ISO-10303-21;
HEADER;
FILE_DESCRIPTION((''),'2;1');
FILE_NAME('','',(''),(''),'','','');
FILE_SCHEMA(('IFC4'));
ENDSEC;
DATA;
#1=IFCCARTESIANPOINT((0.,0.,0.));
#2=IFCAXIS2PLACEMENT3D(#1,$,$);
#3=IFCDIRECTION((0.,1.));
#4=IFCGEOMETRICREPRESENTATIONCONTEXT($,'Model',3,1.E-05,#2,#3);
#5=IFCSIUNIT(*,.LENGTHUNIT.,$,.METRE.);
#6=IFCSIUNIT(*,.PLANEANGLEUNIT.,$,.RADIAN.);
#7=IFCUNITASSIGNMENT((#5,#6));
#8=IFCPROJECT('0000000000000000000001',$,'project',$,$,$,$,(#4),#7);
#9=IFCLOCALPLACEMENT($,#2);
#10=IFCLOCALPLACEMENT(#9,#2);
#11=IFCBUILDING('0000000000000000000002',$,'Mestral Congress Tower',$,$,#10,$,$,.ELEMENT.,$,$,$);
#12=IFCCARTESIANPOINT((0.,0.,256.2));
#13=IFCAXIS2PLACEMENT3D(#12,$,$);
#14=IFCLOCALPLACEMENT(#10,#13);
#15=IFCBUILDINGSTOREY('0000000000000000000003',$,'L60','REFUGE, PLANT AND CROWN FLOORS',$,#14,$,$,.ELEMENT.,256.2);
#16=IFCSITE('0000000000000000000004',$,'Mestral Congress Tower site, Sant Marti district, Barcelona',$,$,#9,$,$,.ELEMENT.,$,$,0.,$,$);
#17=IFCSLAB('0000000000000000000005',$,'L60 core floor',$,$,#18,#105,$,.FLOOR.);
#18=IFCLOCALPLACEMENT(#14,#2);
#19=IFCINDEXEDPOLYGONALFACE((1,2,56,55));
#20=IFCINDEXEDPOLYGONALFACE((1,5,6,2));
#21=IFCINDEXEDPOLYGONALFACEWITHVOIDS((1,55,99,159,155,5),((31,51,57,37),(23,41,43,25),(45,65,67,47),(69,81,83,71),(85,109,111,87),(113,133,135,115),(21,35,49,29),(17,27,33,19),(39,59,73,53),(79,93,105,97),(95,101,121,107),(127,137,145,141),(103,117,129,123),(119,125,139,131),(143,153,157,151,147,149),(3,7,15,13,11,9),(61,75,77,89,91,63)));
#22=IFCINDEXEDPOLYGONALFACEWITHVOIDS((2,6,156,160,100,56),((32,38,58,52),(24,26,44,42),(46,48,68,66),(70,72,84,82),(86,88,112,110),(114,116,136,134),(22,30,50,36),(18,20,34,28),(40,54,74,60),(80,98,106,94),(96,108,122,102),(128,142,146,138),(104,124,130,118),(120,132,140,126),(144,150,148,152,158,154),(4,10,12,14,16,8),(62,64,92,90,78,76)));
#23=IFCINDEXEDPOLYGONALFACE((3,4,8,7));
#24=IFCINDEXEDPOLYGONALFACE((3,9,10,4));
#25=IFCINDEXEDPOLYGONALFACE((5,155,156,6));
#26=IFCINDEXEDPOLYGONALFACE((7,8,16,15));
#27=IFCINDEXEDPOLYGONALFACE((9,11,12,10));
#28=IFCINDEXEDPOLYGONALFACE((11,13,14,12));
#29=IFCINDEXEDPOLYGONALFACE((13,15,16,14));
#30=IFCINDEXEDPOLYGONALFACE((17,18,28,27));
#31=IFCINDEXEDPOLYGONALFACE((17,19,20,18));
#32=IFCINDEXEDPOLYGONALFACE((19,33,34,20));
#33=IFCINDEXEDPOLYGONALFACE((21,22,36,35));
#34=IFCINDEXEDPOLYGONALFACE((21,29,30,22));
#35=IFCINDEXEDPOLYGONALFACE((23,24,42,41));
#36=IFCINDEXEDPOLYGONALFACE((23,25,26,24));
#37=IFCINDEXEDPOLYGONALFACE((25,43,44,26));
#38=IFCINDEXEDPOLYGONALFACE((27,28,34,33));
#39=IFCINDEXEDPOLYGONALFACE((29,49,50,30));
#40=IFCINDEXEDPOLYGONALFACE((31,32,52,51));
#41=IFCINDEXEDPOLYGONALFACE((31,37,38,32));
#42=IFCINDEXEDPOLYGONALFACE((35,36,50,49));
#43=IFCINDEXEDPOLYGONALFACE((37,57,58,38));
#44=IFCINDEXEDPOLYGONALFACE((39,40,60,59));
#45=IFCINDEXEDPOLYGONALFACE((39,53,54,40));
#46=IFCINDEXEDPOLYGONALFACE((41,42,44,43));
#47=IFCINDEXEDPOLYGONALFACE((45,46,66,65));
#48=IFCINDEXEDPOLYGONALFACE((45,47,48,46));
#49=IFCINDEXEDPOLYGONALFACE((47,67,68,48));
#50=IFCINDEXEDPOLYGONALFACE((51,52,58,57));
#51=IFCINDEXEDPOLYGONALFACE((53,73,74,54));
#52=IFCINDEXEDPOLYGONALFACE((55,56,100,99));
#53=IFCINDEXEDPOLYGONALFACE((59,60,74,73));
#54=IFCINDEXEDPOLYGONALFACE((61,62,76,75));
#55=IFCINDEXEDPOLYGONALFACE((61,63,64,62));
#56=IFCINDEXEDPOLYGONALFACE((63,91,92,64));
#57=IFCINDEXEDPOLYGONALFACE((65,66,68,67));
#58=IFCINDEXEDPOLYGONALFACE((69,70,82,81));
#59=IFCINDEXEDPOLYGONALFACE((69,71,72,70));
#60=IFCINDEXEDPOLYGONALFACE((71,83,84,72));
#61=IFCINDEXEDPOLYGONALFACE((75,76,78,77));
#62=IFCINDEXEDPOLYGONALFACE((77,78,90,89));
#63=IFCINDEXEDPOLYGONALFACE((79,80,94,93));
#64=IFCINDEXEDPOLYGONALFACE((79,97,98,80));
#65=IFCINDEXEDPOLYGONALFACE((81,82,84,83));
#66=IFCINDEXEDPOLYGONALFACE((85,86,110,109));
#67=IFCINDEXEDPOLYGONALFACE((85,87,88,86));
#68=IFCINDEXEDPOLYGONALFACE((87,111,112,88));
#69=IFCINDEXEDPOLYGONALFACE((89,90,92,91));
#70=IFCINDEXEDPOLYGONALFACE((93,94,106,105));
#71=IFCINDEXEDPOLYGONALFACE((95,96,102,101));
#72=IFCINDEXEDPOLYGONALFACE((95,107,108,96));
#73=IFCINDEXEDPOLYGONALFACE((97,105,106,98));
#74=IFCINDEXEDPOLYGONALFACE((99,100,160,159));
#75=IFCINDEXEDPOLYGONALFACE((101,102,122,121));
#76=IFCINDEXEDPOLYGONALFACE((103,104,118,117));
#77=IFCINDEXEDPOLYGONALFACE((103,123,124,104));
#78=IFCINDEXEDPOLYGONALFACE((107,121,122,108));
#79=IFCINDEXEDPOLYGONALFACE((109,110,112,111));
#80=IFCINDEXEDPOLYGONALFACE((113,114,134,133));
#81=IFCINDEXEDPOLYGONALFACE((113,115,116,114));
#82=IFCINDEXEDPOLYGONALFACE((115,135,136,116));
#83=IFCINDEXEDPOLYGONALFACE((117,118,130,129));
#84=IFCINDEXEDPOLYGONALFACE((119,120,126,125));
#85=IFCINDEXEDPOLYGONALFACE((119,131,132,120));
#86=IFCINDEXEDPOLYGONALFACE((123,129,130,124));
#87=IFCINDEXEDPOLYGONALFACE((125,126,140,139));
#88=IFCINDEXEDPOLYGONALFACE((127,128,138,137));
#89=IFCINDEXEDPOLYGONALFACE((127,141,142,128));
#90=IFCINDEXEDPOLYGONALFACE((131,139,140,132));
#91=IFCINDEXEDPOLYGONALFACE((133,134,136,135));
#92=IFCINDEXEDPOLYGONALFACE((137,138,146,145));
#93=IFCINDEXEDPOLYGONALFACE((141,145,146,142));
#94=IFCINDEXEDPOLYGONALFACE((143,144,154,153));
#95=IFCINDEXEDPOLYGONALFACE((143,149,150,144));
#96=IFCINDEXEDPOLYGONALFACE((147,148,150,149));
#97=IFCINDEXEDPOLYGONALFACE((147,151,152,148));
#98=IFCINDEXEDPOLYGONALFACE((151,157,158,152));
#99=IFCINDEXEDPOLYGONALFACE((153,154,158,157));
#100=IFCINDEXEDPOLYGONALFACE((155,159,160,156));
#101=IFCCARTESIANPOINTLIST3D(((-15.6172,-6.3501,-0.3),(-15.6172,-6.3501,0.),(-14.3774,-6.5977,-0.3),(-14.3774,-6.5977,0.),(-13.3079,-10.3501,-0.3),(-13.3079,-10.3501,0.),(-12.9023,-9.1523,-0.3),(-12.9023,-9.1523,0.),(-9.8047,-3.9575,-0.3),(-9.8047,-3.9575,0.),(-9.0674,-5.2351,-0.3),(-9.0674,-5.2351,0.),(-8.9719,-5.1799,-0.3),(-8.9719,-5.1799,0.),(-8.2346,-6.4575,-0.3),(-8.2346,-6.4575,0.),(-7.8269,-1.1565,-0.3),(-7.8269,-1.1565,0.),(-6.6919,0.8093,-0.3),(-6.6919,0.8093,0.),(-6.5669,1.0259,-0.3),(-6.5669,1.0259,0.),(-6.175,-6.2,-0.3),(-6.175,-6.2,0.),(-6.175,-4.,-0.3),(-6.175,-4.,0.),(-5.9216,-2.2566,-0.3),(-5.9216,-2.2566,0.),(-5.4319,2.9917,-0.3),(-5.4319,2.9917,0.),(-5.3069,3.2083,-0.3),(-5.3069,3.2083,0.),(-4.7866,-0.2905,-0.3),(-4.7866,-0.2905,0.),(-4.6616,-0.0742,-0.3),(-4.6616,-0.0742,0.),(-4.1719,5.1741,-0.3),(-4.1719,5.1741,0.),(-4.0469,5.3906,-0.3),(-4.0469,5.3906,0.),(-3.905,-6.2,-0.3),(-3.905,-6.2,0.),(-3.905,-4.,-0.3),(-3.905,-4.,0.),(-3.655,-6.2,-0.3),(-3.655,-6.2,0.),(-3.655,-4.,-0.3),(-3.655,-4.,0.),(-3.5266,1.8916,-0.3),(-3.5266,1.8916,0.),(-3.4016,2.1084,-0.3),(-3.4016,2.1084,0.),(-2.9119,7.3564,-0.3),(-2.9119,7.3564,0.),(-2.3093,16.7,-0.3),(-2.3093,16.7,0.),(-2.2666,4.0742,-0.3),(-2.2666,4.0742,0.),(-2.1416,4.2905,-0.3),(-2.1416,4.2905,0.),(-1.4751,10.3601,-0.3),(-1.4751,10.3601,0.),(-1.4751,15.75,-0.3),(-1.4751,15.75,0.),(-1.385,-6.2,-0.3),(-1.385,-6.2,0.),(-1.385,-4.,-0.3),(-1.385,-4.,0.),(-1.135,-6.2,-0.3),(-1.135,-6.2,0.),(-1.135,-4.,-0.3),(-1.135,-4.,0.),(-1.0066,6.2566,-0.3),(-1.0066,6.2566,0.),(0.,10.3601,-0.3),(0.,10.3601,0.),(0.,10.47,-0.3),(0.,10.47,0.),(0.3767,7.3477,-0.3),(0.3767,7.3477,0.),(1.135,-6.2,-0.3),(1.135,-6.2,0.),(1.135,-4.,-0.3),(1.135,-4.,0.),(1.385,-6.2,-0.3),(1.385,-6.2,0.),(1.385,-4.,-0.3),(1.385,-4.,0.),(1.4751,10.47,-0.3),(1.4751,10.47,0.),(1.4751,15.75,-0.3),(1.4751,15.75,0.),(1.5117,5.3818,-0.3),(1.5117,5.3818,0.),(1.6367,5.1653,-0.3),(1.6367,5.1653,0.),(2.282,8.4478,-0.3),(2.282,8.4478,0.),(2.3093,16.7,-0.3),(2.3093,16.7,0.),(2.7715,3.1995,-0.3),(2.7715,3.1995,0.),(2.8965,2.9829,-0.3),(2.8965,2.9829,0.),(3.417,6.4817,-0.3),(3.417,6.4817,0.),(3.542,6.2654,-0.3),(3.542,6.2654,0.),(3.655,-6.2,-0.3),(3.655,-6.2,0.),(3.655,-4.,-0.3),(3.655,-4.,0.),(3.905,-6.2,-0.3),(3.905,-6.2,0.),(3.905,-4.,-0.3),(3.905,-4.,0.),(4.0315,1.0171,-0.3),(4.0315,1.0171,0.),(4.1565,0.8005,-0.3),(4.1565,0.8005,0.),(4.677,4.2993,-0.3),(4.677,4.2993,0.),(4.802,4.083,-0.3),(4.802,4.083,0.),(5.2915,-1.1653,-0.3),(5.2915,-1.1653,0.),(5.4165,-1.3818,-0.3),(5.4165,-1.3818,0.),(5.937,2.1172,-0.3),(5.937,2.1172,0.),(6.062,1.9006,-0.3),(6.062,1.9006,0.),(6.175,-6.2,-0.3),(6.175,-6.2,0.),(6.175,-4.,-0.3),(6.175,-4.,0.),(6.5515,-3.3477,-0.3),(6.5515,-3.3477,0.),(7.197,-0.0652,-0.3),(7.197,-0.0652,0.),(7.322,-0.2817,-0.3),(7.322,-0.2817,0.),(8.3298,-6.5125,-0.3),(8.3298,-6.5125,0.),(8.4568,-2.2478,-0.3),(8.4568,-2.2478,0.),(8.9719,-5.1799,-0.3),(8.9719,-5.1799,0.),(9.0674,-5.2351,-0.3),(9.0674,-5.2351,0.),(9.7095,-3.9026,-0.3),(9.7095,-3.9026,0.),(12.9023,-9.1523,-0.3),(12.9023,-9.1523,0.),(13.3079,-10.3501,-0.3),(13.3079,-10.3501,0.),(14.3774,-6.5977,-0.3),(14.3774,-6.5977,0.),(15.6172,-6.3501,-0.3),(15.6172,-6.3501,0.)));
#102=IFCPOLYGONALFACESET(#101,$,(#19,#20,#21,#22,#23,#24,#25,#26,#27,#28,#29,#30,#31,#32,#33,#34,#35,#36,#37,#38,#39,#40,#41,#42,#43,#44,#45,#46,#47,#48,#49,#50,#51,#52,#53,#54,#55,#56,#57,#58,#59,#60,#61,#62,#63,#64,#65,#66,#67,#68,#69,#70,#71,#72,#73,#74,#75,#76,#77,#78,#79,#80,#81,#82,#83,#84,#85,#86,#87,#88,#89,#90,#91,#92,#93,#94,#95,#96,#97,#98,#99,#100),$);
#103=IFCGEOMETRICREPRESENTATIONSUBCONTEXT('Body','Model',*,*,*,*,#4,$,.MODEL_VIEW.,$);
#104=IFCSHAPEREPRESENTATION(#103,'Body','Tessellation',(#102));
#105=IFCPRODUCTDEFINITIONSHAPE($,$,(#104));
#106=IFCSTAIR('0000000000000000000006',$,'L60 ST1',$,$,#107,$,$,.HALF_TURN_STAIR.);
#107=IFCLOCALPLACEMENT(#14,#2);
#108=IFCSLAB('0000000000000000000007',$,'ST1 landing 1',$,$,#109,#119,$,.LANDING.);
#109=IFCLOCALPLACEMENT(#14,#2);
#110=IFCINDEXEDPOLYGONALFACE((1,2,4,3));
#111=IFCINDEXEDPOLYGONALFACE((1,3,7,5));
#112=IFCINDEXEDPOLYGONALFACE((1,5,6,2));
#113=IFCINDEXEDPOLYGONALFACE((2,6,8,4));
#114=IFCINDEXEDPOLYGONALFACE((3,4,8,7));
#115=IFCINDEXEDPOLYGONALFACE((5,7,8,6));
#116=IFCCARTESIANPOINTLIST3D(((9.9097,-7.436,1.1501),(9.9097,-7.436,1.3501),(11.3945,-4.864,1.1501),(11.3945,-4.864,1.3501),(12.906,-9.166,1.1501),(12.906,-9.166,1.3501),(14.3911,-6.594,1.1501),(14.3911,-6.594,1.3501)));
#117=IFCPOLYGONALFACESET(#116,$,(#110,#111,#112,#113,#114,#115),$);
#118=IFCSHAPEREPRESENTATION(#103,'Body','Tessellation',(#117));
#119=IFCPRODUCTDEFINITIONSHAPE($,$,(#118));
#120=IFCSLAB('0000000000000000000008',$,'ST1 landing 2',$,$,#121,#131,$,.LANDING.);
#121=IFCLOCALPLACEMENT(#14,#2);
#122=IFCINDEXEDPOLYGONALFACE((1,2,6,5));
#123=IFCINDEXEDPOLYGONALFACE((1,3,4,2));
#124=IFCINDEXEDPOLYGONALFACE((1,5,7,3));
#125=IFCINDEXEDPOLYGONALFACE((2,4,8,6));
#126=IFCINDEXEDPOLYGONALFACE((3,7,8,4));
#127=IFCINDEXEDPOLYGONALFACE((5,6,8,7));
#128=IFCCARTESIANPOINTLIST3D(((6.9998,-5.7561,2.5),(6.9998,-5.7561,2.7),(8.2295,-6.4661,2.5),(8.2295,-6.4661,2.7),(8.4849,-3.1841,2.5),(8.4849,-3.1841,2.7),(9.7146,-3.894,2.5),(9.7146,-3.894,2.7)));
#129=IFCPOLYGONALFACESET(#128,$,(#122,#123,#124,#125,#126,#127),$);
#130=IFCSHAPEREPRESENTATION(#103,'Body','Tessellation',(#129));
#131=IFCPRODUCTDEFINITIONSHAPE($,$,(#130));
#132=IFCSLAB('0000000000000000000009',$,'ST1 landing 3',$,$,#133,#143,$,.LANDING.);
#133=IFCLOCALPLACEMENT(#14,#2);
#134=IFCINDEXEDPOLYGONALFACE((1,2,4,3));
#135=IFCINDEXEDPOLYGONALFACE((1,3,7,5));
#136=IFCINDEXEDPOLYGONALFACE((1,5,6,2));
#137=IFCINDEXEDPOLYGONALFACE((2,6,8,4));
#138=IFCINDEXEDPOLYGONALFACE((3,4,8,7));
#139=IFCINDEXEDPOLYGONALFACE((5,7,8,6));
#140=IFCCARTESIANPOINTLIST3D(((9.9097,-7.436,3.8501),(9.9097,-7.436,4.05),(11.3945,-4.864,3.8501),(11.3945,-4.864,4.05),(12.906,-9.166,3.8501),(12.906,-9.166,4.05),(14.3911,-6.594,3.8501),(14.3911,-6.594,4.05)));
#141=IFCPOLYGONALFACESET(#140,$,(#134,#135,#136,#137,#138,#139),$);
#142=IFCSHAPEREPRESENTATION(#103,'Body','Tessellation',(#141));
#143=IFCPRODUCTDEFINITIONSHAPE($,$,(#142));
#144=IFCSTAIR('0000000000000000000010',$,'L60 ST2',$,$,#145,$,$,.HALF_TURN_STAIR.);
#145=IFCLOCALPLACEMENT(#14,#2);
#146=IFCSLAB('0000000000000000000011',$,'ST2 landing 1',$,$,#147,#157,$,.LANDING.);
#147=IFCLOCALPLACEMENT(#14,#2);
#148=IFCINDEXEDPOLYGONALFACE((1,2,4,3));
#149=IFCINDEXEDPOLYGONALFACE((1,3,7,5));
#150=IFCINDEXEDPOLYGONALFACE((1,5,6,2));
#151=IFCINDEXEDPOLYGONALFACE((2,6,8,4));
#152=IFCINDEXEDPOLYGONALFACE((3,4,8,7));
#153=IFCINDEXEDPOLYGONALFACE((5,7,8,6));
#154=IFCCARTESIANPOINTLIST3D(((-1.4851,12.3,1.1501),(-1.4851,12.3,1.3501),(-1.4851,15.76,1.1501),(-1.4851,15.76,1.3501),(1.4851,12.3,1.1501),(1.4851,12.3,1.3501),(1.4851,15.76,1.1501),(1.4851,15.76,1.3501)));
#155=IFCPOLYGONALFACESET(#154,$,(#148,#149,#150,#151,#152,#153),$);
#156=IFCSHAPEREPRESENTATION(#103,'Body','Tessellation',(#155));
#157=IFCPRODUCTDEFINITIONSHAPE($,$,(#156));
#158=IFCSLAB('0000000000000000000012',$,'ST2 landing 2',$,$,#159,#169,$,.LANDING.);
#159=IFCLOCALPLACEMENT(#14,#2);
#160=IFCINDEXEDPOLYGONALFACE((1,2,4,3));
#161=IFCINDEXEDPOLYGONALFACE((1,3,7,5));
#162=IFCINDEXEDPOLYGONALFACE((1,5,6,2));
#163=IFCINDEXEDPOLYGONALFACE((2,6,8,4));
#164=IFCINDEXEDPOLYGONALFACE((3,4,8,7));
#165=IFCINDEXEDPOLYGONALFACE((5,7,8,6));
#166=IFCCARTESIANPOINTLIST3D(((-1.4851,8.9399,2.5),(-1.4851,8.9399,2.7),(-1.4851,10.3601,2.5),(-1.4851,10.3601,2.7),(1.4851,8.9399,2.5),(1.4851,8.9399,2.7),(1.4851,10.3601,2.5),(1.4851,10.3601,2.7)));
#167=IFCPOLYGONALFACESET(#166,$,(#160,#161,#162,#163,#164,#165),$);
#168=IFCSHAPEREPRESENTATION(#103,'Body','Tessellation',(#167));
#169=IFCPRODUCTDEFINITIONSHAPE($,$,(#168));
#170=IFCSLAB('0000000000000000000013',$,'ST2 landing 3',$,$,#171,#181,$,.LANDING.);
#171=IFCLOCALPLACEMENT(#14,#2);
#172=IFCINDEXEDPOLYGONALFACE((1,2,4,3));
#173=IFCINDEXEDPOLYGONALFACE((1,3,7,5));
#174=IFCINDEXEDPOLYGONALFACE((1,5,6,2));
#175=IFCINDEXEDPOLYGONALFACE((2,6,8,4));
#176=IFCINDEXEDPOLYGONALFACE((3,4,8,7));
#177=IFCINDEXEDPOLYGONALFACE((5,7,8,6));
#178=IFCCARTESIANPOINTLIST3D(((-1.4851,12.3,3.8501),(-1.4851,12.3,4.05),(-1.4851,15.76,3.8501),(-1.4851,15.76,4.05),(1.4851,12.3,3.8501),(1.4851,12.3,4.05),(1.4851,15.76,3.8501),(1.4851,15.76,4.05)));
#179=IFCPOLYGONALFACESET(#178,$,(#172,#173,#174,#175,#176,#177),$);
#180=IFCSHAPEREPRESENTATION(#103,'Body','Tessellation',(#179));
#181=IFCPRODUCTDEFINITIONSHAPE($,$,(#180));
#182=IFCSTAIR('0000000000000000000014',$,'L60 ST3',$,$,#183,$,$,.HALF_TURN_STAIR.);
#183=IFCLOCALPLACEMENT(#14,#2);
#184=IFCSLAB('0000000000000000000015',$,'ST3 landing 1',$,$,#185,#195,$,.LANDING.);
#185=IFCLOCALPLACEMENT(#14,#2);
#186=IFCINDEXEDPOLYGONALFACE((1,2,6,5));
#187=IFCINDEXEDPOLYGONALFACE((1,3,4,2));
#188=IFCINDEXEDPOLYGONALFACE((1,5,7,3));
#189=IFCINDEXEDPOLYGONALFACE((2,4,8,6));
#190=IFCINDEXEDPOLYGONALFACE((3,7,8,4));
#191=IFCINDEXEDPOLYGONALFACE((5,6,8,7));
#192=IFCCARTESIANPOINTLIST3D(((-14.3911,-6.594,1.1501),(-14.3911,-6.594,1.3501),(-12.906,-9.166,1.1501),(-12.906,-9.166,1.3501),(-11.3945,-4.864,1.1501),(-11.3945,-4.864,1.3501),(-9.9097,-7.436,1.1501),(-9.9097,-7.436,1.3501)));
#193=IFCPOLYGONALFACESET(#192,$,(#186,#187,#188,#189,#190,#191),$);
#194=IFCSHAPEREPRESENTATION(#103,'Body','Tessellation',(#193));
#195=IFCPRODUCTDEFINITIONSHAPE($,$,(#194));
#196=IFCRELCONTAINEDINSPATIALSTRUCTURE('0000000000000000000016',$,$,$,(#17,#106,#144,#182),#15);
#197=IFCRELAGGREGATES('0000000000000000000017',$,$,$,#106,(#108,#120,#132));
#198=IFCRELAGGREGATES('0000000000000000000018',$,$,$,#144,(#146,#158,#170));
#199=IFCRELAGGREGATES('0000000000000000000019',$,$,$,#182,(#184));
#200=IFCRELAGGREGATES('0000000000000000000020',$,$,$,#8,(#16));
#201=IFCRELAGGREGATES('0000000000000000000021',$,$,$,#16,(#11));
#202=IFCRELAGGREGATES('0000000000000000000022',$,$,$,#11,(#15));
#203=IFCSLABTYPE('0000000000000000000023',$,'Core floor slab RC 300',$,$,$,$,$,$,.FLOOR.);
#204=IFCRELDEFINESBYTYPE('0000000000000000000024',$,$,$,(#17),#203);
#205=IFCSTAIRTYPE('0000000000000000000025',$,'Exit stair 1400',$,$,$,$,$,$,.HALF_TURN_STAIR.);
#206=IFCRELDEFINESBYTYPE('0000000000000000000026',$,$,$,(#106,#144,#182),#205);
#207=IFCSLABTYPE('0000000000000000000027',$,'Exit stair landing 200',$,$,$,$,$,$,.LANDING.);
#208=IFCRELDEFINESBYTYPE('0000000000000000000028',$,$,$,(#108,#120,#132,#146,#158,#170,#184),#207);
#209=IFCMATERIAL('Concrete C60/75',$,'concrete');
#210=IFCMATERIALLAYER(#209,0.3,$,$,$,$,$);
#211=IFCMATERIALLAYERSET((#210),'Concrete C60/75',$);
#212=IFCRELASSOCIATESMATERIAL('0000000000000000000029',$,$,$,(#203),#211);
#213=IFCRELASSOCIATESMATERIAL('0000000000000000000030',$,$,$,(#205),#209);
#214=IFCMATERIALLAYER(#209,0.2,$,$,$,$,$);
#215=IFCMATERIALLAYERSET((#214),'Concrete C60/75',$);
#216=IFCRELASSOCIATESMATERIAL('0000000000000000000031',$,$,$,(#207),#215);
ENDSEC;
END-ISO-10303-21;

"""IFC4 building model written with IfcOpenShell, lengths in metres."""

from ifc_helpers import new_model, si_unit, direction, frame, origin, place, context, subcontext, project, spatial, polyline, outline, extrude, material, layer, layer_set, type_object, element, aggregate, save


model = new_model("IFC4")

# Units and contexts
model_context = context("Model", 3, precision=1e-05, world=origin(), true_north=direction((0.0, 1.0)))
body_context = subcontext(model_context, "Body", "Model", "MODEL_VIEW")
ifc_project = project(units=[si_unit("LENGTHUNIT", "METRE"), si_unit("PLANEANGLEUNIT", "RADIAN")], contexts=[model_context])

# Site, building, storey
site_placement = place(None, origin())
site = spatial("IfcSite", under=ifc_project, at=site_placement, Name="Mestral Congress Tower site, Sant Marti district, Barcelona", CompositionType="ELEMENT", RefElevation=0.0)
building_placement = place(site_placement, origin())
building = spatial("IfcBuilding", under=site, at=building_placement, Name="Mestral Congress Tower", CompositionType="ELEMENT")
storey_placement = place(building_placement, frame((0.0, 0.0, 256.2)))
storey = spatial("IfcBuildingStorey", under=building, at=storey_placement, Name="L60", Description="REFUGE, PLANT AND CROWN FLOORS", CompositionType="ELEMENT", Elevation=256.2)

# Slab
ifc_material_1 = material(Name="Concrete C60/75", Category="concrete")
ifc_layer_1 = layer(ifc_material_1, 0.3)
ifc_layer_set_1 = layer_set([ifc_layer_1], Name="Concrete C60/75")
slab_type_1 = type_object("IfcSlabType", Name="Core floor slab RC 300", PredefinedType="FLOOR", material=ifc_layer_set_1)
slab_1_placement = place(storey_placement, frame((0.0, 0.0, -0.3)))
element("IfcSlab", 1, at=slab_1_placement, inside=storey, type_object=slab_type_1, Name="L60 core floor", PredefinedType="FLOOR", context=body_context, shape_type="SweptSolid", body=[
    extrude(outline(polyline([(13.3079, -10.3501), (-13.3079, -10.3501), (-15.6172, -6.3501), (-2.3093, 16.7), (2.3093, 16.7), (15.6172, -6.3501), (13.3079, -10.3501)]), holes=[polyline([(-9.8047, -3.9575), (-14.3774, -6.5977), (-12.9023, -9.1523), (-8.2346, -6.4575), (-8.9719, -5.1799), (-9.0674, -5.2351), (-9.8047, -3.9575)]), polyline([(-3.905, -4.0), (-6.175, -4.0), (-6.175, -6.2), (-3.905, -6.2), (-3.905, -4.0)]), polyline([(-1.385, -4.0), (-3.655, -4.0), (-3.655, -6.2), (-1.385, -6.2), (-1.385, -4.0)]), polyline([(1.135, -4.0), (-1.135, -4.0), (-1.135, -6.2), (1.135, -6.2), (1.135, -4.0)]), polyline([(-5.9216, -2.2566), (-4.7866, -0.2905), (-6.6919, 0.8093), (-7.8269, -1.1565), (-5.9216, -2.2566)]), polyline([(-4.6616, -0.0742), (-3.5266, 1.8916), (-5.4319, 2.9917), (-6.5669, 1.0259), (-4.6616, -0.0742)]), polyline([(-3.4016, 2.1084), (-2.2666, 4.0742), (-4.1719, 5.1741), (-5.3069, 3.2083), (-3.4016, 2.1084)]), polyline([(-2.1416, 4.2905), (-1.0066, 6.2566), (-2.9119, 7.3564), (-4.0469, 5.3906), (-2.1416, 4.2905)]), polyline([(1.4751, 10.47), (1.4751, 15.75), (-1.4751, 15.75), (-1.4751, 10.3601), (0.0, 10.3601), (0.0, 10.47), (1.4751, 10.47)]), polyline([(8.3298, -6.5125), (12.9023, -9.1523), (14.3774, -6.5977), (9.7095, -3.9026), (8.9719, -5.1799), (9.0674, -5.2351), (8.3298, -6.5125)]), polyline([(3.655, -4.0), (1.385, -4.0), (1.385, -6.2), (3.655, -6.2), (3.655, -4.0)]), polyline([(6.175, -4.0), (3.905, -4.0), (3.905, -6.2), (6.175, -6.2), (6.175, -4.0)]), polyline([(5.4165, -1.3818), (6.5515, -3.3477), (8.4568, -2.2478), (7.322, -0.2817), (5.4165, -1.3818)]), polyline([(4.1565, 0.8005), (5.2915, -1.1653), (7.197, -0.0652), (6.062, 1.9006), (4.1565, 0.8005)]), polyline([(2.8965, 2.9829), (4.0315, 1.0171), (5.937, 2.1172), (4.802, 4.083), (2.8965, 2.9829)]), polyline([(3.542, 6.2654), (1.6367, 5.1653), (2.7715, 3.1995), (4.677, 4.2993), (3.542, 6.2654)]), polyline([(2.282, 8.4478), (0.3767, 7.3477), (1.5117, 5.3818), (3.417, 6.4817), (2.282, 8.4478)])]), origin(), (0.0, 0.0, 1.0), 0.3),
])

# Stairs, slabs
stair_type = type_object("IfcStairType", Name="Exit stair 1400", PredefinedType="HALF_TURN_STAIR", material=ifc_material_1)
placement_1 = place(storey_placement, origin())
stair_1 = element("IfcStair", 2, at=placement_1, inside=storey, type_object=stair_type, Name="L60 ST1", PredefinedType="HALF_TURN_STAIR")
ifc_layer_2 = layer(ifc_material_1, 0.2)
ifc_layer_set_2 = layer_set([ifc_layer_2], Name="Concrete C60/75")
slab_type_2 = type_object("IfcSlabType", Name="Exit stair landing 200", PredefinedType="LANDING", material=ifc_layer_set_2)
placement_2 = place(storey_placement, frame((0.0, 0.0, 1.1501)))
slab_2 = element("IfcSlab", 3, at=placement_2, type_object=slab_type_2, Name="ST1 landing 1", PredefinedType="LANDING", context=body_context, shape_type="SweptSolid", body=[
    extrude(outline(polyline([(9.9097, -7.436), (11.3945, -4.864), (14.3911, -6.594), (12.906, -9.166), (9.9097, -7.436)])), origin(), (0.0, 0.0, 1.0), 0.2),
])
placement_3 = place(storey_placement, frame((0.0, 0.0, 2.5)))
slab_3 = element("IfcSlab", 4, at=placement_3, type_object=slab_type_2, Name="ST1 landing 2", PredefinedType="LANDING", context=body_context, shape_type="SweptSolid", body=[
    extrude(outline(polyline([(6.9998, -5.7561), (8.4849, -3.1841), (9.7146, -3.894), (8.2295, -6.4661), (6.9998, -5.7561)])), origin(), (0.0, 0.0, 1.0), 0.2),
])
placement_4 = place(storey_placement, frame((0.0, 0.0, 3.8501)))
slab_4 = element("IfcSlab", 5, at=placement_4, type_object=slab_type_2, Name="ST1 landing 3", PredefinedType="LANDING", context=body_context, shape_type="SweptSolid", body=[
    extrude(outline(polyline([(9.9097, -7.436), (11.3945, -4.864), (14.3911, -6.594), (12.906, -9.166), (9.9097, -7.436)])), origin(), (0.0, 0.0, 1.0), 0.2),
])
aggregate(stair_1, [slab_2, slab_3, slab_4])
stair_2 = element("IfcStair", 6, at=placement_1, inside=storey, type_object=stair_type, Name="L60 ST2", PredefinedType="HALF_TURN_STAIR")
slab_5 = element("IfcSlab", 7, at=placement_2, type_object=slab_type_2, Name="ST2 landing 1", PredefinedType="LANDING", context=body_context, shape_type="SweptSolid", body=[
    extrude(outline(polyline([(1.4851, 12.3), (-1.4851, 12.3), (-1.4851, 15.76), (1.4851, 15.76), (1.4851, 12.3)])), origin(), (0.0, 0.0, 1.0), 0.2),
])
slab_6 = element("IfcSlab", 8, at=placement_3, type_object=slab_type_2, Name="ST2 landing 2", PredefinedType="LANDING", context=body_context, shape_type="SweptSolid", body=[
    extrude(outline(polyline([(1.4851, 8.9399), (-1.4851, 8.9399), (-1.4851, 10.3601), (1.4851, 10.3601), (1.4851, 8.9399)])), origin(), (0.0, 0.0, 1.0), 0.2),
])
slab_7 = element("IfcSlab", 9, at=placement_4, type_object=slab_type_2, Name="ST2 landing 3", PredefinedType="LANDING", context=body_context, shape_type="SweptSolid", body=[
    extrude(outline(polyline([(1.4851, 12.3), (-1.4851, 12.3), (-1.4851, 15.76), (1.4851, 15.76), (1.4851, 12.3)])), origin(), (0.0, 0.0, 1.0), 0.2),
])
aggregate(stair_2, [slab_5, slab_6, slab_7])
stair_3 = element("IfcStair", 10, at=placement_1, inside=storey, type_object=stair_type, Name="L60 ST3", PredefinedType="HALF_TURN_STAIR")
slab_8 = element("IfcSlab", 11, at=placement_2, type_object=slab_type_2, Name="ST3 landing 1", PredefinedType="LANDING", context=body_context, shape_type="SweptSolid", body=[
    extrude(outline(polyline([(-11.3945, -4.864), (-9.9097, -7.436), (-12.906, -9.166), (-14.3911, -6.594), (-11.3945, -4.864)])), origin(), (0.0, 0.0, 1.0), 0.2),
])
aggregate(stair_3, [slab_8])

save(model, "model.ifc")
